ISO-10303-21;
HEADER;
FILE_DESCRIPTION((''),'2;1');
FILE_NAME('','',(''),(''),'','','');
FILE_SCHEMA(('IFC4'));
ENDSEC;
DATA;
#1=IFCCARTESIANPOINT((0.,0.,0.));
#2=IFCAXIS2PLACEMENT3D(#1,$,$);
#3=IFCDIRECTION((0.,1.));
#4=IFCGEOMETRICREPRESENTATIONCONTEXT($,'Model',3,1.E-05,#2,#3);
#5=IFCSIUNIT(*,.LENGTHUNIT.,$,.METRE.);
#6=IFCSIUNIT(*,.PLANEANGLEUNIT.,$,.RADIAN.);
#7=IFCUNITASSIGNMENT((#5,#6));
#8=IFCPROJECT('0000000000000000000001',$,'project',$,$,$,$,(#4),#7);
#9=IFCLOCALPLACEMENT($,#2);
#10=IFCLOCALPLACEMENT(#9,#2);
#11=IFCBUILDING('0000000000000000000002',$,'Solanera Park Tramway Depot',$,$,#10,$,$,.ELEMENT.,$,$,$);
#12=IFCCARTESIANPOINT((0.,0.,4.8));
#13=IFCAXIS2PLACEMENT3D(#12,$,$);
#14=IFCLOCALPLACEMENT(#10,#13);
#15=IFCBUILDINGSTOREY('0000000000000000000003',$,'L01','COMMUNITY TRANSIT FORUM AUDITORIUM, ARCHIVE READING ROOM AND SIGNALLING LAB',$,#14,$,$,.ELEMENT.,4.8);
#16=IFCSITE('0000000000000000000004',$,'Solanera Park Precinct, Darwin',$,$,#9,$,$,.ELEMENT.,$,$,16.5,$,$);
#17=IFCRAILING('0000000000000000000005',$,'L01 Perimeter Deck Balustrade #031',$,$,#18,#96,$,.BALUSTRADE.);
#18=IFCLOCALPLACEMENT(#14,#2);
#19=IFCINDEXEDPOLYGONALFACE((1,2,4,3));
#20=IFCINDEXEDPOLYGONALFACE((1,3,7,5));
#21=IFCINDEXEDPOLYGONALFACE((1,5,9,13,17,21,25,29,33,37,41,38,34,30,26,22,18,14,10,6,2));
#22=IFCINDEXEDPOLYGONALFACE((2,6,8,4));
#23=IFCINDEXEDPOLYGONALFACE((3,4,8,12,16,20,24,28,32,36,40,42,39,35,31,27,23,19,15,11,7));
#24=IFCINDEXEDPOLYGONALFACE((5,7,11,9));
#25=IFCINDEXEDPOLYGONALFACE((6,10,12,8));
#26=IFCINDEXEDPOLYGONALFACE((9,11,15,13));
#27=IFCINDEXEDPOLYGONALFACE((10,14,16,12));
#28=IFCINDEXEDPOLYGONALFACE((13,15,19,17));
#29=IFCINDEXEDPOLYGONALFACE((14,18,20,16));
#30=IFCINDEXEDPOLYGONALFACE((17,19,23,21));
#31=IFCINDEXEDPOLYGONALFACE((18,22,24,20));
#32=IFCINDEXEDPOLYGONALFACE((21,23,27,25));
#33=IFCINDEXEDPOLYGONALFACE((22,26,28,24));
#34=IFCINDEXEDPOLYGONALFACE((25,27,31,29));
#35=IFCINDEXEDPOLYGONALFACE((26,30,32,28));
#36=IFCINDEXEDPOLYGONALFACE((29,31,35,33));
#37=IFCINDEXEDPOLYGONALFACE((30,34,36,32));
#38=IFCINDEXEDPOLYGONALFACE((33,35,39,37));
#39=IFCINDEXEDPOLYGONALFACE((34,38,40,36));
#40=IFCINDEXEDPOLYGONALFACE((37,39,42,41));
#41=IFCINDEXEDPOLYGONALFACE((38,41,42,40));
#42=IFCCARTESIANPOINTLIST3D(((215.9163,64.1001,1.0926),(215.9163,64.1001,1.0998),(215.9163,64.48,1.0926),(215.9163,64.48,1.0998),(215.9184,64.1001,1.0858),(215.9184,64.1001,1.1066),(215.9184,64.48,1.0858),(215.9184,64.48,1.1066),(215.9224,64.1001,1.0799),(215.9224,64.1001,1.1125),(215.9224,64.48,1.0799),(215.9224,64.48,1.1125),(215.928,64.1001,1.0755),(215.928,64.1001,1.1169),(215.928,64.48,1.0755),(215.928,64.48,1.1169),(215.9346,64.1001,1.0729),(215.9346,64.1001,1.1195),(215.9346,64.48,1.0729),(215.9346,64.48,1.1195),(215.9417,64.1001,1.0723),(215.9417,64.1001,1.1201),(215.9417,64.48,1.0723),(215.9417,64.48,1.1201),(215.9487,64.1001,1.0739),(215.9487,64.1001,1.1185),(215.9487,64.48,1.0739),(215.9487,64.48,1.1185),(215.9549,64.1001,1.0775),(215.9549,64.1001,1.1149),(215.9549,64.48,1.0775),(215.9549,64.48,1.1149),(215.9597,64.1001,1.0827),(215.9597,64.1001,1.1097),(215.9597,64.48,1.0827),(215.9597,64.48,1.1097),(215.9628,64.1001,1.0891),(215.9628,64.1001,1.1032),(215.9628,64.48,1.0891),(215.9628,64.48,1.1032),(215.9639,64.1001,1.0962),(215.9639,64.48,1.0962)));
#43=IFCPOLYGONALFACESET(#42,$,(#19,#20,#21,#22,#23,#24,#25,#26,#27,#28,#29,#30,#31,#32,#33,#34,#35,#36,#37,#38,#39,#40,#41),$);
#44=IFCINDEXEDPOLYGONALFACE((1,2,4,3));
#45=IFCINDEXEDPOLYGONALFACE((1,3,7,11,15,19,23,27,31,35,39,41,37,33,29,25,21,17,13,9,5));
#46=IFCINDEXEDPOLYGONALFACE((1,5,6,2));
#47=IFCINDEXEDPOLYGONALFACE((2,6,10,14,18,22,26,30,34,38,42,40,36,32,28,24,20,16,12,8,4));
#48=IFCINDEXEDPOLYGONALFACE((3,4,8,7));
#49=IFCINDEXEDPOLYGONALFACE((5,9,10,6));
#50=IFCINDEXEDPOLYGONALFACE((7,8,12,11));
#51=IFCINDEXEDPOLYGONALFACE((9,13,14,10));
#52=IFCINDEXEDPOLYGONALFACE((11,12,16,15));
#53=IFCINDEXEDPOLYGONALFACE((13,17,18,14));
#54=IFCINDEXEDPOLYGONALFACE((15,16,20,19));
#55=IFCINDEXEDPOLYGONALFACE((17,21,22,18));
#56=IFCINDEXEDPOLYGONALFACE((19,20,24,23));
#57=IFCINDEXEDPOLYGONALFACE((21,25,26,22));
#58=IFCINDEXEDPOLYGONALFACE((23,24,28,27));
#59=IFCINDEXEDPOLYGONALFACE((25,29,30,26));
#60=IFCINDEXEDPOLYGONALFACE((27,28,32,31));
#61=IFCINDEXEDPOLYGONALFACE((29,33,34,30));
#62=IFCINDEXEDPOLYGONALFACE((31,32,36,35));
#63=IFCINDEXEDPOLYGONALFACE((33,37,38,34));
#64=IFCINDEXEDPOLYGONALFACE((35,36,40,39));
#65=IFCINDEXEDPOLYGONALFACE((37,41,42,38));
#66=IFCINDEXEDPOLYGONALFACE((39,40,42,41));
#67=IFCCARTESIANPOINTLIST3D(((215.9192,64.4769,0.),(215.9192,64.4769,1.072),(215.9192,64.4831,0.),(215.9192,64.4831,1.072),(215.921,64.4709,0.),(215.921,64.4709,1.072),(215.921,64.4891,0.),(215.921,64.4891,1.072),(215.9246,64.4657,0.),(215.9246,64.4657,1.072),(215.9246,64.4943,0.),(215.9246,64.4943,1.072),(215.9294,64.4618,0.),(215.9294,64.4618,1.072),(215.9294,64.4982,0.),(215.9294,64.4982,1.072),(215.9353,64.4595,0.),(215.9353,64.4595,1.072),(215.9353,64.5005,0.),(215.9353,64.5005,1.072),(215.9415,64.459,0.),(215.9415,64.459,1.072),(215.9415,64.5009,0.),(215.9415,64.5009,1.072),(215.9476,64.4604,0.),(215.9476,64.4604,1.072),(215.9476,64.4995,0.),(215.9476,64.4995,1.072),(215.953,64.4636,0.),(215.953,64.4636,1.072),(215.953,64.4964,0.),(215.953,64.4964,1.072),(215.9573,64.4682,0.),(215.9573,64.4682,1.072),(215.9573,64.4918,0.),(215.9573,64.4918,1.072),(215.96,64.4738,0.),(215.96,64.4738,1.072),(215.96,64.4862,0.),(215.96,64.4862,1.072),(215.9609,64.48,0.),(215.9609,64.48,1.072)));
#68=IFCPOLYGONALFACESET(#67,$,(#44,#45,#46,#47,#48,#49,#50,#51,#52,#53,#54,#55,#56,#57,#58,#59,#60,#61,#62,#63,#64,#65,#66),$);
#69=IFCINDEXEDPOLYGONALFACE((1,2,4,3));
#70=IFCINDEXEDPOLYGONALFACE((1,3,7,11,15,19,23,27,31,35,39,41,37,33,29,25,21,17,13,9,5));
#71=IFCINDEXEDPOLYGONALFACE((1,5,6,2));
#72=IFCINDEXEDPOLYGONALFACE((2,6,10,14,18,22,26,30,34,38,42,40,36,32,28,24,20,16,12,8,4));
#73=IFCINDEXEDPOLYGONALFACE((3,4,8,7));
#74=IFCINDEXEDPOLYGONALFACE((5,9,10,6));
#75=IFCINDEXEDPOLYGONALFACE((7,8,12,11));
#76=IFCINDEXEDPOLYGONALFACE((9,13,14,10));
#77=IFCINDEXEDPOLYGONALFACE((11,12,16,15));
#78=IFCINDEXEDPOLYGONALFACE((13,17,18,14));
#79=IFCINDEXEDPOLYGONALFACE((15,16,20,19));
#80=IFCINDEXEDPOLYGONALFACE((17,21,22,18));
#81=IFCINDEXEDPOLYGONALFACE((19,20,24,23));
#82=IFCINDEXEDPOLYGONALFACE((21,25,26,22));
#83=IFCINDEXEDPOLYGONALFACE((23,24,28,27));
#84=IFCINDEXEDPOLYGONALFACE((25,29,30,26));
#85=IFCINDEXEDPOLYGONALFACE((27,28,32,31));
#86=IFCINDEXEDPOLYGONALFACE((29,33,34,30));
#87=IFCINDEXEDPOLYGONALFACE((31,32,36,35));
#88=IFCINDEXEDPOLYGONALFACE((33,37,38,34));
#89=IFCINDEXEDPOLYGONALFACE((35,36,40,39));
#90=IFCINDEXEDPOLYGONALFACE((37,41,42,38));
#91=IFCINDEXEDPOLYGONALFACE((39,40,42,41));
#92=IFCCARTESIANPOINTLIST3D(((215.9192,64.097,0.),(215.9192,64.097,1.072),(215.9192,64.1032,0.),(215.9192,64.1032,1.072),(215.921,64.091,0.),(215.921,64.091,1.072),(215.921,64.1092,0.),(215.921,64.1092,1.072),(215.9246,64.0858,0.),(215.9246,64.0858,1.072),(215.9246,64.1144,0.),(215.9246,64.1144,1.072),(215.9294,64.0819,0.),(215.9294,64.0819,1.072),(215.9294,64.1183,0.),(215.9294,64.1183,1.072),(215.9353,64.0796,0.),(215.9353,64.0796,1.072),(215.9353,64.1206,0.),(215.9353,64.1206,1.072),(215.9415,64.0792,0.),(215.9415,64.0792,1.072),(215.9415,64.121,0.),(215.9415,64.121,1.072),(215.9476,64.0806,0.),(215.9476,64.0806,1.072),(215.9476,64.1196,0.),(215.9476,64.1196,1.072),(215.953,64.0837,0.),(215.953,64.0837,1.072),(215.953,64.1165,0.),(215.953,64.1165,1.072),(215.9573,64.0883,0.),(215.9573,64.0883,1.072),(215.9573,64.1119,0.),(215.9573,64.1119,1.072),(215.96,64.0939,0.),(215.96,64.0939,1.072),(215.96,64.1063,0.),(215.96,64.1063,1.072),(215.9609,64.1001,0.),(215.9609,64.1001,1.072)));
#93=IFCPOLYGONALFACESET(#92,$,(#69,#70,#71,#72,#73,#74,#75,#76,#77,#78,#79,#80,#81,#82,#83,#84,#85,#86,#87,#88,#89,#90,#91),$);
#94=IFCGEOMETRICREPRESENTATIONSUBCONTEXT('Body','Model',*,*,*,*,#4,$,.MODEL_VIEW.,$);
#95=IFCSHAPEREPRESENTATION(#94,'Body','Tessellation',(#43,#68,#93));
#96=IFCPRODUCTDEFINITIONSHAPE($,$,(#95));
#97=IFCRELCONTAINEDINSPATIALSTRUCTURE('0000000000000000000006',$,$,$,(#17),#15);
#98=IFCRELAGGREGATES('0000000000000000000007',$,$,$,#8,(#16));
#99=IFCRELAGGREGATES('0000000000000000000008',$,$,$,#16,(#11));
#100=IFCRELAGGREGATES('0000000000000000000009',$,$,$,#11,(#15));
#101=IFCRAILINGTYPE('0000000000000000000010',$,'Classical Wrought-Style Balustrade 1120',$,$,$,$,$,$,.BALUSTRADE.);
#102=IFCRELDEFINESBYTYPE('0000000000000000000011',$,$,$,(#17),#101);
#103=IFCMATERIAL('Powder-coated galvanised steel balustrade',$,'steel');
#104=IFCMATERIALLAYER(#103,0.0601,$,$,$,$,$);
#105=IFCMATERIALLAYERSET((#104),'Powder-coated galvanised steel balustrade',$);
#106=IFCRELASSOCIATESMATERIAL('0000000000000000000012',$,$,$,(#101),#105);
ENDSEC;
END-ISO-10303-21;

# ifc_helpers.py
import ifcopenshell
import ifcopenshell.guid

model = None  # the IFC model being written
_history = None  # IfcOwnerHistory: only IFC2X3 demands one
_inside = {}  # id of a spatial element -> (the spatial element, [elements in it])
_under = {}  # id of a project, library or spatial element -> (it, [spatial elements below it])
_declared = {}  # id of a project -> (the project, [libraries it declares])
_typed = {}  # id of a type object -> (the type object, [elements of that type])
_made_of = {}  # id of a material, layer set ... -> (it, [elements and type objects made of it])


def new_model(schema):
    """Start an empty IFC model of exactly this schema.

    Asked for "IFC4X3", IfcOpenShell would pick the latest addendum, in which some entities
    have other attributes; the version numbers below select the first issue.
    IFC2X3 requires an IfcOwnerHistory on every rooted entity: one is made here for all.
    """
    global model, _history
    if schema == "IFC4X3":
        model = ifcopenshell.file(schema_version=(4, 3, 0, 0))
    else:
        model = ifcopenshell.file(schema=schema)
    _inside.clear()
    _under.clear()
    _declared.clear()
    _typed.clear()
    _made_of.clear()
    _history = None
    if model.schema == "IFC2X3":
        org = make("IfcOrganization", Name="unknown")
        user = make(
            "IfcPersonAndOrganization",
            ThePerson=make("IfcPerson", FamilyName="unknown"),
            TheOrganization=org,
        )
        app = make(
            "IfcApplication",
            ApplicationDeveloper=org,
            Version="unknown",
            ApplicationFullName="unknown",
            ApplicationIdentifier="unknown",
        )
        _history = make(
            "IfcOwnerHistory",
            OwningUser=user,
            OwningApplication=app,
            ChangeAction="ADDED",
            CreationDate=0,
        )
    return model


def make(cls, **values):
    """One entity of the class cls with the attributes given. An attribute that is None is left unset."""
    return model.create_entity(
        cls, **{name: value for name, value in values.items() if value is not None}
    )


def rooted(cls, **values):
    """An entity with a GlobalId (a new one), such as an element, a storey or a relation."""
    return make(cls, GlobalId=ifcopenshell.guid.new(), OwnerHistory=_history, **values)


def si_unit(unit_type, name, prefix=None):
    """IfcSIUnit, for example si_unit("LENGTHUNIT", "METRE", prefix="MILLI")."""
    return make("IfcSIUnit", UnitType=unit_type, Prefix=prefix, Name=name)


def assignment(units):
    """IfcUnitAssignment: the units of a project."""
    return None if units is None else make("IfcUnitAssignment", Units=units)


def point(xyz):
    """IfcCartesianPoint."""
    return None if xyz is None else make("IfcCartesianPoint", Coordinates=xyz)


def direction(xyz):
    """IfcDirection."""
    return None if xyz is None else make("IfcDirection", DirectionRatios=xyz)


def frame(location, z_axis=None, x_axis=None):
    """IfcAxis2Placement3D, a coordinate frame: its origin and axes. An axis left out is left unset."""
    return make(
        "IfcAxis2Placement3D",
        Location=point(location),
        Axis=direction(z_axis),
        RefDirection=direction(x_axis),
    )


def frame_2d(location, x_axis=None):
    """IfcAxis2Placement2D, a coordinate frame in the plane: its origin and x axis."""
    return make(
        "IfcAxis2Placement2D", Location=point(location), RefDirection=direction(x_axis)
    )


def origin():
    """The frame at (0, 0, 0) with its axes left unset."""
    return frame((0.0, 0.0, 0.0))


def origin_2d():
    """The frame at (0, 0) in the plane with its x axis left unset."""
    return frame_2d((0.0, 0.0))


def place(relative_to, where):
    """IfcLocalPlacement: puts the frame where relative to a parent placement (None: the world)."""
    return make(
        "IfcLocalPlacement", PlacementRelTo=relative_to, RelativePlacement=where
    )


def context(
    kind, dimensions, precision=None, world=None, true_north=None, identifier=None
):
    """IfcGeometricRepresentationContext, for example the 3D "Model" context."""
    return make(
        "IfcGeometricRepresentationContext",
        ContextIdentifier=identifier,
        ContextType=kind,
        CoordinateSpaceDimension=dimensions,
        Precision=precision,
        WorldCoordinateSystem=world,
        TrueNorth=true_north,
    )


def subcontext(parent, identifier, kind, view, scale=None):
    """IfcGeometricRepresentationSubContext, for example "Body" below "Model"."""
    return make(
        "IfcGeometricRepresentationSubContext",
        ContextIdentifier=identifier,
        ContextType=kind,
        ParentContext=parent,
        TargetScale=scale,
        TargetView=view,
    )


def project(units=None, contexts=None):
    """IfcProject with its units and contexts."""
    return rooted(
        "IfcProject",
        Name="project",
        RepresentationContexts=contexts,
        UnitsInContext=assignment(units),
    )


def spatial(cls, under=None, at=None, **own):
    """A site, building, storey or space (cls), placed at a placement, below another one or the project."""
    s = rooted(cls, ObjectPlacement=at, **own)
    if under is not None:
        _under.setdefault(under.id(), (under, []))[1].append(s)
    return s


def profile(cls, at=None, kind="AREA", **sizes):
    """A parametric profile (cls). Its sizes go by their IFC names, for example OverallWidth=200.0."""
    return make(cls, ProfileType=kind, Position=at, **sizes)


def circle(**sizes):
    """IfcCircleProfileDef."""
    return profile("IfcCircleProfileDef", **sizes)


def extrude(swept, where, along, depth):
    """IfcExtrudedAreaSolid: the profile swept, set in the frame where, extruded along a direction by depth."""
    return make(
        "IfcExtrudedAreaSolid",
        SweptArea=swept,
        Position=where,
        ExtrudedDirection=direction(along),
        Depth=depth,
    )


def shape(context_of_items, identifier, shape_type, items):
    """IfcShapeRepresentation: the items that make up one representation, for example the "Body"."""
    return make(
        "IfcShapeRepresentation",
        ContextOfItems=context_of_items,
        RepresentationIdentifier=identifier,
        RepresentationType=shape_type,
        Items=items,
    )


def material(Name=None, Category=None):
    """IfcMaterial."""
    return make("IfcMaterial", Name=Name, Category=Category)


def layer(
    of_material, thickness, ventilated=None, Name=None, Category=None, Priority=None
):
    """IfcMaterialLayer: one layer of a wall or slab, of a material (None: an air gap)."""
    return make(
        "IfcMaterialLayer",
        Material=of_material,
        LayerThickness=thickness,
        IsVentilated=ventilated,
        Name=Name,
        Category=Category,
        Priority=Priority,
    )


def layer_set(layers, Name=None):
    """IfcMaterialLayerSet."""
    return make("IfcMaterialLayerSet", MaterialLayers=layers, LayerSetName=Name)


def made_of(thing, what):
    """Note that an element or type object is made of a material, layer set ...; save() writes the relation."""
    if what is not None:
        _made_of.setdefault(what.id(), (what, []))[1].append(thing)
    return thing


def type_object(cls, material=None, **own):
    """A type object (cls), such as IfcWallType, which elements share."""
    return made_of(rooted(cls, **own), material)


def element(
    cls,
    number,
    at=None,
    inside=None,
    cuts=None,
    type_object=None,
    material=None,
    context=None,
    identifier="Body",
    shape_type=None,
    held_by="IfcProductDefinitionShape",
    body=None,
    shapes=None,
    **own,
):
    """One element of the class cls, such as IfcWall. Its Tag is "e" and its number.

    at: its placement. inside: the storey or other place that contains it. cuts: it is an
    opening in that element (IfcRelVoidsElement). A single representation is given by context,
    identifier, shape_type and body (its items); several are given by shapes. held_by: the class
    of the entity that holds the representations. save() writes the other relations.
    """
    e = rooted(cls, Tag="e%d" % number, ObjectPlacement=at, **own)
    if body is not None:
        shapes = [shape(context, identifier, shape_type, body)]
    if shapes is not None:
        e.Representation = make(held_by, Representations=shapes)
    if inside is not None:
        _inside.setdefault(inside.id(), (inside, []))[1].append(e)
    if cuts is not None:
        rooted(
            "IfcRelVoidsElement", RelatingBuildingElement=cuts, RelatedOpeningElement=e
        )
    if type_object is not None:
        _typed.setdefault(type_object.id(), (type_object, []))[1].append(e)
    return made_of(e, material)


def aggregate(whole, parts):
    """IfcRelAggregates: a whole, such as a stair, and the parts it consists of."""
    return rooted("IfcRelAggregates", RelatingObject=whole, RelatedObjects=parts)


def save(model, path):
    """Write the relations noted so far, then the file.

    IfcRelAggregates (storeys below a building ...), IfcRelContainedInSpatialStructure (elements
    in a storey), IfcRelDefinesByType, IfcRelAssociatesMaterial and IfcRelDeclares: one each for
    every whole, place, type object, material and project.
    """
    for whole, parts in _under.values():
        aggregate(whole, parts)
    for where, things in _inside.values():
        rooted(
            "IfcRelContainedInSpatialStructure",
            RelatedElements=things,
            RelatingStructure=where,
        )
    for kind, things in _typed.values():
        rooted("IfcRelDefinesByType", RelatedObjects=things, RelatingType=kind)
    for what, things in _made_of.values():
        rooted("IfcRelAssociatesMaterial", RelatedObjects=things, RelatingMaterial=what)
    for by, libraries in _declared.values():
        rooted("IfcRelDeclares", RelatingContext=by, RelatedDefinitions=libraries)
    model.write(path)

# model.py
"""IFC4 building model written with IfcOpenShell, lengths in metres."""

from ifc_helpers import new_model, si_unit, direction, frame, origin, origin_2d, place, context, subcontext, project, spatial, circle, extrude, material, layer, layer_set, type_object, element, save


model = new_model("IFC4")

# Units and contexts
model_context = context("Model", 3, precision=1e-05, world=origin(), true_north=direction((0.0, 1.0)))
body_context = subcontext(model_context, "Body", "Model", "MODEL_VIEW")
ifc_project = project(units=[si_unit("LENGTHUNIT", "METRE"), si_unit("PLANEANGLEUNIT", "RADIAN")], contexts=[model_context])

# Site, building, storey
site_placement = place(None, origin())
site = spatial("IfcSite", under=ifc_project, at=site_placement, Name="Solanera Park Precinct, Darwin", CompositionType="ELEMENT", RefElevation=16.5)
building_placement = place(site_placement, origin())
building = spatial("IfcBuilding", under=site, at=building_placement, Name="Solanera Park Tramway Depot", CompositionType="ELEMENT")
storey_placement = place(building_placement, frame((0.0, 0.0, 4.8)))
storey = spatial("IfcBuildingStorey", under=building, at=storey_placement, Name="L01", Description="COMMUNITY TRANSIT FORUM AUDITORIUM, ARCHIVE READING ROOM AND SIGNALLING LAB", CompositionType="ELEMENT", Elevation=4.8)

# Railing
ifc_material_1 = material(Name="Powder-coated galvanised steel balustrade", Category="steel")
ifc_layer_1 = layer(ifc_material_1, 0.0601)
ifc_layer_set_1 = layer_set([ifc_layer_1], Name="Powder-coated galvanised steel balustrade")
railing_type = type_object("IfcRailingType", Name="Classical Wrought-Style Balustrade 1120", PredefinedType="BALUSTRADE", material=ifc_layer_set_1)
railing_1_placement = place(storey_placement, frame((215.9399, 64.48, 0.0)))
element("IfcRailing", 1, at=railing_1_placement, inside=storey, type_object=railing_type, Name="L01 Perimeter Deck Balustrade #031", PredefinedType="BALUSTRADE", context=body_context, shape_type="SweptSolid", body=[
    extrude(circle(Radius=0.0239, at=origin_2d()), frame((0.0, 0.0, 1.0962), z_axis=(0.0, -1.0, 0.0), x_axis=(1.0, 0.0, 0.0)), (0.0, 0.0, 1.0), 0.3799),
    extrude(circle(Radius=0.021, at=origin_2d()), origin(), (0.0, 0.0, 1.0), 1.072),
    extrude(circle(Radius=0.021, at=origin_2d()), frame((0.0, -0.3799, 0.0)), (0.0, 0.0, 1.0), 1.072),
])

save(model, "model.ifc")
